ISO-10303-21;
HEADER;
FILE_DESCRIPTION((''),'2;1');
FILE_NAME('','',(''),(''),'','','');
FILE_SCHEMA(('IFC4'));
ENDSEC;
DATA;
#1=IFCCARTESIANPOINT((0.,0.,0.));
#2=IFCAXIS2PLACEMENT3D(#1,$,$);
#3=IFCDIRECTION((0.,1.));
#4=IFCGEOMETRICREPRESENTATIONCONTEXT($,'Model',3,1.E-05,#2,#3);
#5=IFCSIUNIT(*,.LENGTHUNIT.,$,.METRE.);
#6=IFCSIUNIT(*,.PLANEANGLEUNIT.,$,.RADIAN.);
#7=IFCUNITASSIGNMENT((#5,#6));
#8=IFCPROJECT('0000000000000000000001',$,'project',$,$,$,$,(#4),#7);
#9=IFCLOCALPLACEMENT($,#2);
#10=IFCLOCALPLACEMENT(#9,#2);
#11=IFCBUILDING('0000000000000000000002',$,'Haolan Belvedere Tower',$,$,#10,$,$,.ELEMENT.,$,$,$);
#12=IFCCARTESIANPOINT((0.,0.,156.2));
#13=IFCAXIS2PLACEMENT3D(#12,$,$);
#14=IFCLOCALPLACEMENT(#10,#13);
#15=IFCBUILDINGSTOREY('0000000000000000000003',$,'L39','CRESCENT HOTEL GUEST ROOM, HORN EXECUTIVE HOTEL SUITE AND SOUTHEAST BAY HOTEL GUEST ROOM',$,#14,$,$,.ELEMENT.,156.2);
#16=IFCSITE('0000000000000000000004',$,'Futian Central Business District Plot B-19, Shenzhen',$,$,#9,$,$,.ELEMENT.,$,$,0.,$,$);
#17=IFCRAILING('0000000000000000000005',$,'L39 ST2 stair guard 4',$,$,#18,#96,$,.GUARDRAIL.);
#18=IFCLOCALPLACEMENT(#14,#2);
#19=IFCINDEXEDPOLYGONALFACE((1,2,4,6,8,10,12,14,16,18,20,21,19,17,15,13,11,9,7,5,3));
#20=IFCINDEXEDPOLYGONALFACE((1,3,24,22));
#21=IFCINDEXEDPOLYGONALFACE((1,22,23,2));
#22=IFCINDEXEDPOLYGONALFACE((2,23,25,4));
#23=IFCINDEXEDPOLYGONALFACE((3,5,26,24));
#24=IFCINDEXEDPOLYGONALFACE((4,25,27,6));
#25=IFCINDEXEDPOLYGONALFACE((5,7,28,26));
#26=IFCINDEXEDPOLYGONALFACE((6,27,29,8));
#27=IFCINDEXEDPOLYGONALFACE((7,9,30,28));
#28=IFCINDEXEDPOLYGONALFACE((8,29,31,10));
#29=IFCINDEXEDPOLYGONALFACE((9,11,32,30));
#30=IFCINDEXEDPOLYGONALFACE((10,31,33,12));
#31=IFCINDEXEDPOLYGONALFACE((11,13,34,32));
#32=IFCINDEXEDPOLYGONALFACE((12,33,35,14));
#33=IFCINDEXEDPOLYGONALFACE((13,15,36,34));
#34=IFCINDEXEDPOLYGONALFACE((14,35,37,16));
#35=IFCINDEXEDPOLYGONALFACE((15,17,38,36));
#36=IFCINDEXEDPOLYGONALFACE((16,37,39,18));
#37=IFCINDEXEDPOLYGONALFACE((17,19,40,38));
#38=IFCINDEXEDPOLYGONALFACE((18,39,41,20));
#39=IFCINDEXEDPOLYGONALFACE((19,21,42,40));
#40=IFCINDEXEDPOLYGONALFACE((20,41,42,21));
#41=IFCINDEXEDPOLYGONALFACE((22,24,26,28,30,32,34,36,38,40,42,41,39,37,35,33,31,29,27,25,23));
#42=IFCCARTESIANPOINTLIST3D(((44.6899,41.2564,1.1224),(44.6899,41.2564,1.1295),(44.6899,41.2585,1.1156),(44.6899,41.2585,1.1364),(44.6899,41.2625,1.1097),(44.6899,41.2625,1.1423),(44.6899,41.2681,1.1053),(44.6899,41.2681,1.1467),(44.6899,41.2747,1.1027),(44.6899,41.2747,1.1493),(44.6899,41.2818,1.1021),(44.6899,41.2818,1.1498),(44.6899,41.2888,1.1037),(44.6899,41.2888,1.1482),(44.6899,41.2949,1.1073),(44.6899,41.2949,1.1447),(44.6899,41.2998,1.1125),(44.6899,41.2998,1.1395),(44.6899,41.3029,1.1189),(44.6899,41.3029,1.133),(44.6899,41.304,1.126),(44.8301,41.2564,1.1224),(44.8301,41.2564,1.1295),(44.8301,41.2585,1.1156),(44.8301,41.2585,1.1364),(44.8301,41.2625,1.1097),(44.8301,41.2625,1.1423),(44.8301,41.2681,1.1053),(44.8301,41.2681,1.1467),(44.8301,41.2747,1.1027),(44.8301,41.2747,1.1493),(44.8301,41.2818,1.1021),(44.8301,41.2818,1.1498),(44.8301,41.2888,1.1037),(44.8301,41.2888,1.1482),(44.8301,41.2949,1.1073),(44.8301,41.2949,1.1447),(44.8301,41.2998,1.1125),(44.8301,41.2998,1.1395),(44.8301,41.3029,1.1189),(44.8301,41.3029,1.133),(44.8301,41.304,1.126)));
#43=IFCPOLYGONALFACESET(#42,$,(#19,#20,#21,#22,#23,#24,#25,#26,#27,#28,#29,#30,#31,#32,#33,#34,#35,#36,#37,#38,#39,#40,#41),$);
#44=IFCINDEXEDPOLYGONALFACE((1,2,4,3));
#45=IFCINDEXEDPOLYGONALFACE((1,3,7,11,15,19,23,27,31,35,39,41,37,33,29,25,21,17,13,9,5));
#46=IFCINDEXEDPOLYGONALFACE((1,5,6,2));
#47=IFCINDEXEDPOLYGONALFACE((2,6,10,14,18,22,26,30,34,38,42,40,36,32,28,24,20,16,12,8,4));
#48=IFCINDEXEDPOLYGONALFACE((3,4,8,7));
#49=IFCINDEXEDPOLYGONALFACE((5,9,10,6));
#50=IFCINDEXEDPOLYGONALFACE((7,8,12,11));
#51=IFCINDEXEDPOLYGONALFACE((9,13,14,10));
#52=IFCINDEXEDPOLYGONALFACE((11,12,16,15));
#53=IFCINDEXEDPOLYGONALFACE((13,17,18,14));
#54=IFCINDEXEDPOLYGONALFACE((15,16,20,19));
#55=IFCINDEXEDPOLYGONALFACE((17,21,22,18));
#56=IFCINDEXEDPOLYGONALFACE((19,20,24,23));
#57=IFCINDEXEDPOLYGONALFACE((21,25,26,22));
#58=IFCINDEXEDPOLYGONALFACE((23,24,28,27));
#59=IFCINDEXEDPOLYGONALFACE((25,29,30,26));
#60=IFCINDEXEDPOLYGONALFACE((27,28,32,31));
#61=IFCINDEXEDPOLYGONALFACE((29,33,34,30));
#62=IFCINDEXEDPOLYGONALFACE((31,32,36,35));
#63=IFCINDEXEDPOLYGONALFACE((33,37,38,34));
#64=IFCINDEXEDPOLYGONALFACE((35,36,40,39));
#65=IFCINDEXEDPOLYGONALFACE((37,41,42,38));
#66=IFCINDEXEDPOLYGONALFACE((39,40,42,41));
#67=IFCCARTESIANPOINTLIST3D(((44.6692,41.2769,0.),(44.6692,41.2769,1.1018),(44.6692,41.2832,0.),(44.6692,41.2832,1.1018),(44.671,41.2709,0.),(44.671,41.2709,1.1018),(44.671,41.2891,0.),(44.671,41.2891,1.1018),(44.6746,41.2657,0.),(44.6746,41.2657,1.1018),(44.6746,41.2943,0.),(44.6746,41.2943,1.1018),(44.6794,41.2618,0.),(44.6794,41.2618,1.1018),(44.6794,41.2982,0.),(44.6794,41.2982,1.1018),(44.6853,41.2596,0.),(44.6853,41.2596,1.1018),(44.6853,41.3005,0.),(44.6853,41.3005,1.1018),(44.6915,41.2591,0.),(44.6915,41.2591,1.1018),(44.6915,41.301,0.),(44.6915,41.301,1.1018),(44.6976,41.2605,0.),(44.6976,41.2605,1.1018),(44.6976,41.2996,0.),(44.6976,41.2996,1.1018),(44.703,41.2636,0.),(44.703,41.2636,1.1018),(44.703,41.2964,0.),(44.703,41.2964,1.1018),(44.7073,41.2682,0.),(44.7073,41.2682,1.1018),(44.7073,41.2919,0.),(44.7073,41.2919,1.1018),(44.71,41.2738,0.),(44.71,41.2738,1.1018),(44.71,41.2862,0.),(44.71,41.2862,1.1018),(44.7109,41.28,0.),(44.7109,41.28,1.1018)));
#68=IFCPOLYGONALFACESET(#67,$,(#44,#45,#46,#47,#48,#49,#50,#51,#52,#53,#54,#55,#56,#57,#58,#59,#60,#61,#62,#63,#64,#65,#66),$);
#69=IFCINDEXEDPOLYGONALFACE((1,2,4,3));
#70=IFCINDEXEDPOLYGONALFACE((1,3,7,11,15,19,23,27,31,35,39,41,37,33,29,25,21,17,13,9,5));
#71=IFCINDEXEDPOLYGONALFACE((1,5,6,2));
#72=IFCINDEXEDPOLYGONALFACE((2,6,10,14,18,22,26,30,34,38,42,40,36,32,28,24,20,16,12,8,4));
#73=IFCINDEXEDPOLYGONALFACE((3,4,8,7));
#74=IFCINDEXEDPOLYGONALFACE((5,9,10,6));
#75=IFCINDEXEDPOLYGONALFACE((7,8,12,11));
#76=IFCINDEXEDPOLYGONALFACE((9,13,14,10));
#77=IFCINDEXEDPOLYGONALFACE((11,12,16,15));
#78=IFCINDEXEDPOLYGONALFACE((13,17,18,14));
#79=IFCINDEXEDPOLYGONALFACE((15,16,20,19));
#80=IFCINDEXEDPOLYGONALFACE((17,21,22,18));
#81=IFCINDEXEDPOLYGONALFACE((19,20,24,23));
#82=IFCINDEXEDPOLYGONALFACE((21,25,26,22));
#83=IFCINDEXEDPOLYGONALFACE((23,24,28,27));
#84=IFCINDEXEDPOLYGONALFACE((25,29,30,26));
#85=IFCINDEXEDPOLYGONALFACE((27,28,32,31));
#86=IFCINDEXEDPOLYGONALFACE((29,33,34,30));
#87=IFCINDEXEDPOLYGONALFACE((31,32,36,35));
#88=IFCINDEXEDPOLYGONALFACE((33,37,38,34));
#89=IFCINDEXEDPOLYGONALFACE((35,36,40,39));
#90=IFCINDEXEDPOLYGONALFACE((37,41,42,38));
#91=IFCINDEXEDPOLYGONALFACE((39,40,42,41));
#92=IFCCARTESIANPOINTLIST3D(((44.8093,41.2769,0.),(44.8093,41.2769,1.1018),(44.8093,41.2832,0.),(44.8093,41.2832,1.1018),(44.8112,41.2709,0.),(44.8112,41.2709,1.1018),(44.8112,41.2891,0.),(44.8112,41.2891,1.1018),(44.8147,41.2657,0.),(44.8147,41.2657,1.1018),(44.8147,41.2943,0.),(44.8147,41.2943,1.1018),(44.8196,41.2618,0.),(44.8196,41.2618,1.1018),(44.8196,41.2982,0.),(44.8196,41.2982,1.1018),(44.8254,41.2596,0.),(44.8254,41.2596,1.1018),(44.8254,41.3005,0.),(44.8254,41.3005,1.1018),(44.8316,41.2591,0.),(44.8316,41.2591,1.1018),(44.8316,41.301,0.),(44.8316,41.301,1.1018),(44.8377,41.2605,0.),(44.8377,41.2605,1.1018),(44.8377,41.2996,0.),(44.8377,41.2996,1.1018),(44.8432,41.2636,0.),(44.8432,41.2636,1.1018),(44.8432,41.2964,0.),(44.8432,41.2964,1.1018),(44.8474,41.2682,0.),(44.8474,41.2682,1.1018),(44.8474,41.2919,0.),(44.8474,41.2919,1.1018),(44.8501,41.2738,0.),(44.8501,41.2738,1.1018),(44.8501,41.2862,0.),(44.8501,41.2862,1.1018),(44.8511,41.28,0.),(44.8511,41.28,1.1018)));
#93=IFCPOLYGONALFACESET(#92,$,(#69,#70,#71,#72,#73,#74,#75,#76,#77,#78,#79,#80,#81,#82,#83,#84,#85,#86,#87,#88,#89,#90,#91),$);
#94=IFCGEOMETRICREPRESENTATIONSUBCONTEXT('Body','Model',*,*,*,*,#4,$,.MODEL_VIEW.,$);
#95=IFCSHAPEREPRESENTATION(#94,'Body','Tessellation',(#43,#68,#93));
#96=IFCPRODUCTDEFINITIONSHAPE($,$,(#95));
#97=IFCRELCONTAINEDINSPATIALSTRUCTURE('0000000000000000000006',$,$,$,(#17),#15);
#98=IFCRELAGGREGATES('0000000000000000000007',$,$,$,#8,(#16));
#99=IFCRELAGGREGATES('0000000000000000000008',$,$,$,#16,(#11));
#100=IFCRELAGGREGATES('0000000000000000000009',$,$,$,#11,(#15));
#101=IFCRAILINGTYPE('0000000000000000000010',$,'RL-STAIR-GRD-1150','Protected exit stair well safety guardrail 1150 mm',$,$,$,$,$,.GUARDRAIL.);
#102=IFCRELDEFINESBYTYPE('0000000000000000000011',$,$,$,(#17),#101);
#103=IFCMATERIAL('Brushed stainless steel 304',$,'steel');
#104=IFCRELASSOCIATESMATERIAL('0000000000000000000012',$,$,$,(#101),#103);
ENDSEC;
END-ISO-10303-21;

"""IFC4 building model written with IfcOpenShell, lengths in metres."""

from ifc_helpers import new_model, si_unit, direction, frame, origin, origin_2d, place, context, subcontext, project, spatial, circle, extrude, material, type_object, element, save


model = new_model("IFC4")

# Units and contexts
model_context = context("Model", 3, precision=1e-05, world=origin(), true_north=direction((0.0, 1.0)))
body_context = subcontext(model_context, "Body", "Model", "MODEL_VIEW")
ifc_project = project(units=[si_unit("LENGTHUNIT", "METRE"), si_unit("PLANEANGLEUNIT", "RADIAN")], contexts=[model_context])

# Site, building, storey
site_placement = place(None, origin())
site = spatial("IfcSite", under=ifc_project, at=site_placement, Name="Futian Central Business District Plot B-19, Shenzhen", CompositionType="ELEMENT", RefElevation=0.0)
building_placement = place(site_placement, origin())
building = spatial("IfcBuilding", under=site, at=building_placement, Name="Haolan Belvedere Tower", CompositionType="ELEMENT")
storey_placement = place(building_placement, frame((0.0, 0.0, 156.2)))
storey = spatial("IfcBuildingStorey", under=building, at=storey_placement, Name="L39", Description="CRESCENT HOTEL GUEST ROOM, HORN EXECUTIVE HOTEL SUITE AND SOUTHEAST BAY HOTEL GUEST ROOM", CompositionType="ELEMENT", Elevation=156.2)

# Railing
ifc_material_1 = material(Name="Brushed stainless steel 304", Category="steel")
railing_type_1 = type_object("IfcRailingType", Name="RL-STAIR-GRD-1150", Description="Protected exit stair well safety guardrail 1150 mm", PredefinedType="GUARDRAIL", material=ifc_material_1)
railing_1_placement = place(storey_placement, frame((44.6899, 41.28, 0.0)))
element("IfcRailing", 1, at=railing_1_placement, inside=storey, type_object=railing_type_1, Name="L39 ST2 stair guard 4", PredefinedType="GUARDRAIL", context=body_context, shape_type="SweptSolid", body=[
    extrude(circle(Radius=0.0239, at=origin_2d()), frame((0.0, 0.0, 1.126), z_axis=(1.0, 0.0, 0.0), x_axis=(0.0, 1.0, 0.0)), (0.0, 0.0, 1.0), 0.1401),
    extrude(circle(Radius=0.021, at=origin_2d()), origin(), (0.0, 0.0, 1.0), 1.1018),
    extrude(circle(Radius=0.021, at=origin_2d()), frame((0.1401, 0.0, 0.0)), (0.0, 0.0, 1.0), 1.1018),
])

save(model, "model.ifc")
